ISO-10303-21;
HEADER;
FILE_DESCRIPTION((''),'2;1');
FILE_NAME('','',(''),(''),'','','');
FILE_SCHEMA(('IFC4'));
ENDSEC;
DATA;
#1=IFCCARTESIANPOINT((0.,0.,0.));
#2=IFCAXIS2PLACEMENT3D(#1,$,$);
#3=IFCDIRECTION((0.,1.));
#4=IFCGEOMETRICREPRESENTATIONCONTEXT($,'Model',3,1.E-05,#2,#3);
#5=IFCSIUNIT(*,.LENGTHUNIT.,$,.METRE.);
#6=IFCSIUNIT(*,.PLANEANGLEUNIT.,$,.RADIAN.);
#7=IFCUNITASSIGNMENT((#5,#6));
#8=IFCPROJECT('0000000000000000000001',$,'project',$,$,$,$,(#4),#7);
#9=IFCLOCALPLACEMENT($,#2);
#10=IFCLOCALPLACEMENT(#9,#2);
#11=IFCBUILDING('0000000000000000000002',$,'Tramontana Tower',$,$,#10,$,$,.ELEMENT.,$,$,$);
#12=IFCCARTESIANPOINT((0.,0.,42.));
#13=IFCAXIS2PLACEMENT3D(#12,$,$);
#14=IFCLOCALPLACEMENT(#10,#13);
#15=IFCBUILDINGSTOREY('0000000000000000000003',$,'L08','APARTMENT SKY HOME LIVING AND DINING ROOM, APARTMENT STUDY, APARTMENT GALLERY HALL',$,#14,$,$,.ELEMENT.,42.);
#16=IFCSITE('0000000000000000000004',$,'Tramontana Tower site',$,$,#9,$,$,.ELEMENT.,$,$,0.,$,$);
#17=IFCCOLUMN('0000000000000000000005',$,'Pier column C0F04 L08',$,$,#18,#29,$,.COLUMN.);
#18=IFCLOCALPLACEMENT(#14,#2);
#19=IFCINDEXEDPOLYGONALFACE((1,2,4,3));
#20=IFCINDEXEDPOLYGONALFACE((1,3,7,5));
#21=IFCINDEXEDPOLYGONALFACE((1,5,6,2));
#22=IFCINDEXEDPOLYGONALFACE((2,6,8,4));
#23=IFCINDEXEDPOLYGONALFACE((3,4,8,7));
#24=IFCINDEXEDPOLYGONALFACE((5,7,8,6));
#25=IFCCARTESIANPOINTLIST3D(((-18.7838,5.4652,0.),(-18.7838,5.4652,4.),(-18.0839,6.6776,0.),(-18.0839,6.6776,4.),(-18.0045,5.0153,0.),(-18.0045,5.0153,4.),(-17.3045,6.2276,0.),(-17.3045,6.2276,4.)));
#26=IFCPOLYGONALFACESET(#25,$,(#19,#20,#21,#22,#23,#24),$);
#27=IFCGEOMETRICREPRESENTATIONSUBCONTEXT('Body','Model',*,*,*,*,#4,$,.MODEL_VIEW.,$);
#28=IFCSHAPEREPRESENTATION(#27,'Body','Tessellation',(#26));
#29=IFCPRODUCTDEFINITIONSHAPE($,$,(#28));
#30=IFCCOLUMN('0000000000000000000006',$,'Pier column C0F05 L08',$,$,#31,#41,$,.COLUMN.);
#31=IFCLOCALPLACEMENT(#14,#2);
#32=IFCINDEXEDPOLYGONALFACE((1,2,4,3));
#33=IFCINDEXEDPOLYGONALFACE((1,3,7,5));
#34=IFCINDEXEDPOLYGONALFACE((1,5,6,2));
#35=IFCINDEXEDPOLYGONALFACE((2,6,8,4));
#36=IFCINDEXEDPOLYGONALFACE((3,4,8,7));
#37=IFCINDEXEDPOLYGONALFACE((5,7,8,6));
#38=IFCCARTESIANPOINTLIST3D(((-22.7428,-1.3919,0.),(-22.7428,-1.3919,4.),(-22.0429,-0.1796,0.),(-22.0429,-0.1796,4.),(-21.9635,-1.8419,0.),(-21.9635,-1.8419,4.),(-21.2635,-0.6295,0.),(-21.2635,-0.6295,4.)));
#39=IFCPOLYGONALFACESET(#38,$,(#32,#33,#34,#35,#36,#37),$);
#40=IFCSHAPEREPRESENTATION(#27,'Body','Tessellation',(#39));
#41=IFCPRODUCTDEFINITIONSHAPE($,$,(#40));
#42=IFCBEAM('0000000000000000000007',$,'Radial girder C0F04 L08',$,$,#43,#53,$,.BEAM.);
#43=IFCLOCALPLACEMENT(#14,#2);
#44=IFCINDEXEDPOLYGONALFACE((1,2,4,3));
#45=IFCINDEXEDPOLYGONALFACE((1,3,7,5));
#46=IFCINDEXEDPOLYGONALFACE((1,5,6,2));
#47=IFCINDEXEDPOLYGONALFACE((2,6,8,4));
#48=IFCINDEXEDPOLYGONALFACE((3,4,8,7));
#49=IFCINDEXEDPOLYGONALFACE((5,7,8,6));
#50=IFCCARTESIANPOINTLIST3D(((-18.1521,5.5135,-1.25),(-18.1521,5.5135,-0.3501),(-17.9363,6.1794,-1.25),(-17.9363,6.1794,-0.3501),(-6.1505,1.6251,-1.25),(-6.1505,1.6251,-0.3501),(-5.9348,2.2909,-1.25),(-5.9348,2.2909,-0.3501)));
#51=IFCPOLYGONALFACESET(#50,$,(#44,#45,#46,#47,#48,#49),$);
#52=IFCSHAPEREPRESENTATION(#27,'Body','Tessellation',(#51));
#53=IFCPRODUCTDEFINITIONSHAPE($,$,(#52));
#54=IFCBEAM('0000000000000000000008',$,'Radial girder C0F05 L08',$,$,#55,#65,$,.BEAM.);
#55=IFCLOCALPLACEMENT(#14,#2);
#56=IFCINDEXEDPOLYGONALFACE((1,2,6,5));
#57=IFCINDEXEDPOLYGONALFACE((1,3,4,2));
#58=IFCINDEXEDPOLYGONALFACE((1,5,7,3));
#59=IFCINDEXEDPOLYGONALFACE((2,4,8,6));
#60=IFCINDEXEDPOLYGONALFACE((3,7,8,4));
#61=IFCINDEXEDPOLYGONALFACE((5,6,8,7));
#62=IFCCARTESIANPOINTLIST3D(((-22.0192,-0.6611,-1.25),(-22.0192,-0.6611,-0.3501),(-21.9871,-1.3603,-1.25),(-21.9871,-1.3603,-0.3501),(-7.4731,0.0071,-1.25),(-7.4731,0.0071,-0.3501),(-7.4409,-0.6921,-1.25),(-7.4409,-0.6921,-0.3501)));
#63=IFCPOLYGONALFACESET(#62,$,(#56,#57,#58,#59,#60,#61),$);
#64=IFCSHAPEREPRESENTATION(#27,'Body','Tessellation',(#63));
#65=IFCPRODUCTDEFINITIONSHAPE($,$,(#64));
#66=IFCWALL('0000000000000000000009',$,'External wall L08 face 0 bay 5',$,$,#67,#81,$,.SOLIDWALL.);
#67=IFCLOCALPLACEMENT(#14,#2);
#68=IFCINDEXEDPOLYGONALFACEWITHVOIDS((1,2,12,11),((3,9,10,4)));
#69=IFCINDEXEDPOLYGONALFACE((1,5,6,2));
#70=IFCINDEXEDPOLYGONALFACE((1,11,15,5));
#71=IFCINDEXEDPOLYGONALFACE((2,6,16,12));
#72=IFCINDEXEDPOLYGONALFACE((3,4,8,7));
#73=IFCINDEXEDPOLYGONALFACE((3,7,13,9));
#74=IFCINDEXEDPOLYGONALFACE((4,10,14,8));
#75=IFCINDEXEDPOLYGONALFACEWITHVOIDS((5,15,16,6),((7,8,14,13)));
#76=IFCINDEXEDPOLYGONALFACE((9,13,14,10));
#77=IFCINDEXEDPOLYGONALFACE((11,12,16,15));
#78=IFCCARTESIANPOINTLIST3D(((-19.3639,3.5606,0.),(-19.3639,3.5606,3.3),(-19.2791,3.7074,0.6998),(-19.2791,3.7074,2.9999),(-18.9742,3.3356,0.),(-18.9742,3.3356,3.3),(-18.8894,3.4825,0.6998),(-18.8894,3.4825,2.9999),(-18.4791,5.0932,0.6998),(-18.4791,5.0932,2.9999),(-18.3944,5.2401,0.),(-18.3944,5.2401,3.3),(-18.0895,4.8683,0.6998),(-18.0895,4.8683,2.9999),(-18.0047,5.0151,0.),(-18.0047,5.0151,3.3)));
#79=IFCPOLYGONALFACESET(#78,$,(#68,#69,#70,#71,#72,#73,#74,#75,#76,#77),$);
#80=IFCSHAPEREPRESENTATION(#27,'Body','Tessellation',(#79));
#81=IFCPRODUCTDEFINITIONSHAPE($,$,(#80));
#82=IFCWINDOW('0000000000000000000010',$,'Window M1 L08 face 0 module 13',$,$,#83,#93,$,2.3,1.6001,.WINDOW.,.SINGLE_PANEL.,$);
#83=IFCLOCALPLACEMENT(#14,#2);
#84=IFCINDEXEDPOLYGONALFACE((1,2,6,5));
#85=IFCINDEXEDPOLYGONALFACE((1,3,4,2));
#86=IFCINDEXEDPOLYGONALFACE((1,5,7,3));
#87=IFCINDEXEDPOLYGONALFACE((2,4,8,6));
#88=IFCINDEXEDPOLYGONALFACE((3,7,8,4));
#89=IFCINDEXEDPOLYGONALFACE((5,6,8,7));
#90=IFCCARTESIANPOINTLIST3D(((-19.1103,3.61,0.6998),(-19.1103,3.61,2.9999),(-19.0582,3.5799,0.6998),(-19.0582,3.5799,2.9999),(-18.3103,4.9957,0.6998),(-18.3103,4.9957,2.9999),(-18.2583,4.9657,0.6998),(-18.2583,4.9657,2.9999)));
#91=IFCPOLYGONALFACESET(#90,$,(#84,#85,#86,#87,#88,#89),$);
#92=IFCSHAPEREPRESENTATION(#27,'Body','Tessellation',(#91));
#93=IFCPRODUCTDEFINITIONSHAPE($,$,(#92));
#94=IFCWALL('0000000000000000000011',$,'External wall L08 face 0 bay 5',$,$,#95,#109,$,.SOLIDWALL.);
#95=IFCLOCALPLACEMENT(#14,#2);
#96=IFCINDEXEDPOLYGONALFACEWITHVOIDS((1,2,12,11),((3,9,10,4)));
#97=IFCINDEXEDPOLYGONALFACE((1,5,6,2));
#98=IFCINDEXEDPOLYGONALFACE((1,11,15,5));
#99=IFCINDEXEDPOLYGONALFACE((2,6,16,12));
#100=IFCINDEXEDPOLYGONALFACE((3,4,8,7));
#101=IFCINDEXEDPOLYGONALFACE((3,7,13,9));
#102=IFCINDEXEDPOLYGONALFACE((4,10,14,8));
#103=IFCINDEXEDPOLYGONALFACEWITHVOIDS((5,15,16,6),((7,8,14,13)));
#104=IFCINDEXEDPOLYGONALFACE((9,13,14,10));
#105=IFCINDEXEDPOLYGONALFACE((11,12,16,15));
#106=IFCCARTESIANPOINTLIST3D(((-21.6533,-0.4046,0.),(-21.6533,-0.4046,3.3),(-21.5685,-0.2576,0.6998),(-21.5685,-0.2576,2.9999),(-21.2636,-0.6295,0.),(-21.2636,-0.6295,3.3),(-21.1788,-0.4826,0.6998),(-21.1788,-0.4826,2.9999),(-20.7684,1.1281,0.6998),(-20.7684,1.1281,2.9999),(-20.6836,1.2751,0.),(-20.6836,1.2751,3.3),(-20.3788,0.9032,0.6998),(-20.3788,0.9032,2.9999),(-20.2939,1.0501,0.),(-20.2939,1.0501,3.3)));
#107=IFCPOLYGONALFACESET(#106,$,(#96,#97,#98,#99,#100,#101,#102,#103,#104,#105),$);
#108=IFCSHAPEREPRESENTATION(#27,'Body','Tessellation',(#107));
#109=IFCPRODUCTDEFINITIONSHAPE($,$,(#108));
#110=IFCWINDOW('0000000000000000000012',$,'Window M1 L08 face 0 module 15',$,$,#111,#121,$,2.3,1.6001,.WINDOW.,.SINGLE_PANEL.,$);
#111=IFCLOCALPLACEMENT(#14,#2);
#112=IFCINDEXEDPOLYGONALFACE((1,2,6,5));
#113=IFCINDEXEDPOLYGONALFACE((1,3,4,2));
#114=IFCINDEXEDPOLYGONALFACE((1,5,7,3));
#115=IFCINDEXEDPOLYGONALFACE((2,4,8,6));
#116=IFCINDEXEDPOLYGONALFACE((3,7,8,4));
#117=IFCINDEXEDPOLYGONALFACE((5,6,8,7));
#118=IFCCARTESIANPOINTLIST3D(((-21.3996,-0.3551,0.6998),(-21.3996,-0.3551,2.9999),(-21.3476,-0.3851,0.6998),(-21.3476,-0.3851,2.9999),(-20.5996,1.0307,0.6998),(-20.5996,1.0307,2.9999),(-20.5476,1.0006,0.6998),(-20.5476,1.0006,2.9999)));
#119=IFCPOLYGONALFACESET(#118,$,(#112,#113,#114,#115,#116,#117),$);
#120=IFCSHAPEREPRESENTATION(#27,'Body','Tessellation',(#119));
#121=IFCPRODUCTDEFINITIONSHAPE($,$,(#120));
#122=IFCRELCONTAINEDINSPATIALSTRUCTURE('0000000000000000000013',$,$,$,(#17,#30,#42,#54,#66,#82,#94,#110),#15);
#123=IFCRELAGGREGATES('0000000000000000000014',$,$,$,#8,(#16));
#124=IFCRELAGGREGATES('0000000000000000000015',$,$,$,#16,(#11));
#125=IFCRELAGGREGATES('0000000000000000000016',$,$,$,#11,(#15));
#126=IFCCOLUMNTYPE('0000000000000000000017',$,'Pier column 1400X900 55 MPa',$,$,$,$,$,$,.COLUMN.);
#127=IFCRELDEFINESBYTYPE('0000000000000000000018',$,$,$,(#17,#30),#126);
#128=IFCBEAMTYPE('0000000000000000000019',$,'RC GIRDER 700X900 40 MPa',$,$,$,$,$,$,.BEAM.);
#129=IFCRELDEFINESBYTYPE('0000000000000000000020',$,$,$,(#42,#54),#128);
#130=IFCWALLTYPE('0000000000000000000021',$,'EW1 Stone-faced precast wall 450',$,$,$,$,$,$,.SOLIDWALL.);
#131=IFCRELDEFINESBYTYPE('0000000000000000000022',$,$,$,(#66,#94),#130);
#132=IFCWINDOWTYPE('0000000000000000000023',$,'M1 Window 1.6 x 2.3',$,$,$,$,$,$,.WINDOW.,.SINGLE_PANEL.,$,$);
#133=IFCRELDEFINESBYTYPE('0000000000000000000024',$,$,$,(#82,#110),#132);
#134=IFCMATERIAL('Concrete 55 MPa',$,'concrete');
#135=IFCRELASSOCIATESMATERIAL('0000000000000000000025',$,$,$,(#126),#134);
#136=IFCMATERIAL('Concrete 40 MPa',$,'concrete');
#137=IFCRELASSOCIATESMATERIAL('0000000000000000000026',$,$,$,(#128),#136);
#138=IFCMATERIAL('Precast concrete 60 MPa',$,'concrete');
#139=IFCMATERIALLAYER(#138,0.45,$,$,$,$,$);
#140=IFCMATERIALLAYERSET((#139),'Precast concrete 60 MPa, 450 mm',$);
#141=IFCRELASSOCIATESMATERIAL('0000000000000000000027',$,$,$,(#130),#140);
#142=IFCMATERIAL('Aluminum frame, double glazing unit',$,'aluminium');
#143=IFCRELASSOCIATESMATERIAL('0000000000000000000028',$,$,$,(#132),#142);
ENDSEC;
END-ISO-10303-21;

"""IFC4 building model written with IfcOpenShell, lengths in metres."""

from ifc_helpers import new_model, si_unit, direction, frame, frame_2d, origin, origin_2d, place, context, subcontext, project, spatial, rectangle, extrude, material, layer, layer_set, material_profile, profile_set, type_object, element, fill, save


model = new_model("IFC4")

# Units and contexts
model_context = context("Model", 3, precision=1e-05, world=origin(), true_north=direction((0.0, 1.0)))
body_context = subcontext(model_context, "Body", "Model", "MODEL_VIEW")
ifc_project = project(units=[si_unit("LENGTHUNIT", "METRE"), si_unit("PLANEANGLEUNIT", "RADIAN")], contexts=[model_context])

# Site, building, storey
site_placement = place(None, origin())
site = spatial("IfcSite", under=ifc_project, at=site_placement, Name="Tramontana Tower site", CompositionType="ELEMENT", RefElevation=0.0)
building_placement = place(site_placement, origin())
building = spatial("IfcBuilding", under=site, at=building_placement, Name="Tramontana Tower", CompositionType="ELEMENT")
storey_placement = place(building_placement, frame((0.0, 0.0, 42.0)))
storey = spatial("IfcBuildingStorey", under=building, at=storey_placement, Name="L08", Description="APARTMENT SKY HOME LIVING AND DINING ROOM, APARTMENT STUDY, APARTMENT GALLERY HALL", CompositionType="ELEMENT", Elevation=42.0)

# Columns
ifc_material_1 = material(Name="Concrete 55 MPa", Category="concrete")
ifc_material_profile_1 = material_profile(ifc_material_1, rectangle(XDim=1.3999, YDim=0.8999, at=origin_2d()), Name="Pier column 1400X900 55 MPa")
ifc_profile_set_1 = profile_set([ifc_material_profile_1], Name="Concrete 55 MPa")
column_type = type_object("IfcColumnType", Name="Pier column 1400X900 55 MPa", PredefinedType="COLUMN", material=ifc_profile_set_1)
for number, where, z_axis, x_axis, name in (
    (1, (-18.0442, 5.8464, 0.0), (0.0, 0.0, 1.0), (-0.5, -0.866025, 0.0), "Pier column C0F04 L08"),
    (2, (-22.0032, -1.0107, 0.0), (0.0, 0.0, 1.0), (-0.5, -0.866025, 0.0), "Pier column C0F05 L08"),
):
    element("IfcColumn", number, at=place(storey_placement, frame(where, z_axis=z_axis, x_axis=x_axis)), inside=storey, type_object=column_type, Name=name, PredefinedType="COLUMN", context=body_context, shape_type="SweptSolid", body=[
        extrude(rectangle(XDim=1.3999, YDim=0.8999, at=origin_2d()), origin(), (0.0, 0.0, 1.0), 4.0),
    ])

# Beams
ifc_material_2 = material(Name="Concrete 40 MPa", Category="concrete")
ifc_material_profile_2 = material_profile(ifc_material_2, rectangle(XDim=0.7, YDim=0.8999, at=origin_2d()), Name="RC GIRDER 700X900 40 MPa")
ifc_profile_set_2 = profile_set([ifc_material_profile_2], Name="Concrete 40 MPa")
beam_type = type_object("IfcBeamType", Name="RC GIRDER 700X900 40 MPa", PredefinedType="BEAM", material=ifc_profile_set_2)
beam_1_placement = place(storey_placement, frame((-18.0442, 5.8464, -0.8), z_axis=(0.951314, -0.308222, 0.0), x_axis=(0.308222, 0.951314, 0.0)))
element("IfcBeam", 3, at=beam_1_placement, inside=storey, type_object=beam_type, Name="Radial girder C0F04 L08", PredefinedType="BEAM", context=body_context, shape_type="SweptSolid", body=[
    extrude(rectangle(XDim=0.7, YDim=0.8999, at=origin_2d()), origin(), (0.0, 0.0, 1.0), 12.6157),
])
beam_2_placement = place(storey_placement, frame((-22.0032, -1.0107, -0.8), z_axis=(0.998947, 0.045889, 0.0), x_axis=(-0.045889, 0.998947, 0.0)))
element("IfcBeam", 4, at=beam_2_placement, inside=storey, type_object=beam_type, Name="Radial girder C0F05 L08", PredefinedType="BEAM", context=body_context, shape_type="SweptSolid", body=[
    extrude(rectangle(XDim=0.7, YDim=0.8999, at=origin_2d()), origin(), (0.0, 0.0, 1.0), 14.5615),
])

# Walls, openings, windows
ifc_material_3 = material(Name="Precast concrete 60 MPa", Category="concrete")
ifc_layer_1 = layer(ifc_material_3, 0.45)
ifc_layer_set_1 = layer_set([ifc_layer_1], Name="Precast concrete 60 MPa, 450 mm")
wall_type_1 = type_object("IfcWallType", Name="EW1 Stone-faced precast wall 450", PredefinedType="SOLIDWALL", material=ifc_layer_set_1)
wall_1_placement = place(storey_placement, frame((-18.1995, 5.1277, 0.0), z_axis=(0.0, 0.0, 1.0), x_axis=(-0.499944, -0.866058, 0.0)))
wall_1 = element("IfcWall", 5, at=wall_1_placement, inside=storey, type_object=wall_type_1, Name="External wall L08 face 0 bay 5", PredefinedType="SOLIDWALL", context=body_context, shape_type="SweptSolid", body=[
    extrude(rectangle(XDim=1.9392, YDim=0.45, at=frame_2d((0.9697, 0.0))), origin(), (0.0, 0.0, 1.0), 3.3),
])
opening_1_placement = place(wall_1_placement, frame((0.1697, 0.0, 0.7)))
opening_1 = element("IfcOpeningElement", 6, at=opening_1_placement, cuts=wall_1, PredefinedType="OPENING", context=body_context, shape_type="SweptSolid", body=[
    extrude(rectangle(XDim=1.6001, YDim=2.3, at=frame_2d((0.8, 1.1499))), frame((0.0, 0.2349, 0.0), z_axis=(0.0, -1.0, 0.0), x_axis=(1.0, 0.0, 0.0)), (0.0, 0.0, 1.0), 0.47),
])
ifc_material_4 = material(Name="Aluminum frame, double glazing unit", Category="aluminium")
window_type_1 = type_object("IfcWindowType", Name="M1 Window 1.6 x 2.3", PartitioningType="SINGLE_PANEL", PredefinedType="WINDOW", material=ifc_material_4)
window_1_placement = place(opening_1_placement, origin())
window_1 = element("IfcWindow", 7, at=window_1_placement, inside=storey, type_object=window_type_1, Name="Window M1 L08 face 0 module 13", OverallHeight=2.3, OverallWidth=1.6001, PartitioningType="SINGLE_PANEL", PredefinedType="WINDOW", context=body_context, shape_type="SweptSolid", body=[
    extrude(rectangle(XDim=1.6001, YDim=2.3, at=frame_2d((0.8, 1.1499))), frame((0.0, 0.03, 0.0), z_axis=(0.0, -1.0, 0.0), x_axis=(1.0, 0.0, 0.0)), (0.0, 0.0, 1.0), 0.0601),
])
fill(opening_1, window_1)
wall_2_placement = place(storey_placement, frame((-20.4888, 1.1626, 0.0), z_axis=(0.0, 0.0, 1.0), x_axis=(-0.499984, -0.866035, 0.0)))
wall_2 = element("IfcWall", 8, at=wall_2_placement, inside=storey, type_object=wall_type_1, Name="External wall L08 face 0 bay 5", PredefinedType="SOLIDWALL", context=body_context, shape_type="SweptSolid", body=[
    extrude(rectangle(XDim=1.9395, YDim=0.45, at=frame_2d((0.9697, 0.0))), origin(), (0.0, 0.0, 1.0), 3.3),
])
opening_2_placement = place(wall_2_placement, frame((0.1697, 0.0, 0.7)))
opening_2 = element("IfcOpeningElement", 9, at=opening_2_placement, cuts=wall_2, PredefinedType="OPENING", context=body_context, shape_type="SweptSolid", body=[
    extrude(rectangle(XDim=1.6001, YDim=2.3, at=frame_2d((0.8, 1.1499))), frame((0.0, 0.2349, 0.0), z_axis=(0.0, -1.0, 0.0), x_axis=(1.0, 0.0, 0.0)), (0.0, 0.0, 1.0), 0.47),
])
window_2_placement = place(opening_2_placement, origin())
window_2 = element("IfcWindow", 10, at=window_2_placement, inside=storey, type_object=window_type_1, Name="Window M1 L08 face 0 module 15", OverallHeight=2.3, OverallWidth=1.6001, PartitioningType="SINGLE_PANEL", PredefinedType="WINDOW", context=body_context, shape_type="SweptSolid", body=[
    extrude(rectangle(XDim=1.6001, YDim=2.3, at=frame_2d((0.8, 1.1499))), frame((0.0, 0.03, 0.0), z_axis=(0.0, -1.0, 0.0), x_axis=(1.0, 0.0, 0.0)), (0.0, 0.0, 1.0), 0.0601),
])
fill(opening_2, window_2)

save(model, "model.ifc")
